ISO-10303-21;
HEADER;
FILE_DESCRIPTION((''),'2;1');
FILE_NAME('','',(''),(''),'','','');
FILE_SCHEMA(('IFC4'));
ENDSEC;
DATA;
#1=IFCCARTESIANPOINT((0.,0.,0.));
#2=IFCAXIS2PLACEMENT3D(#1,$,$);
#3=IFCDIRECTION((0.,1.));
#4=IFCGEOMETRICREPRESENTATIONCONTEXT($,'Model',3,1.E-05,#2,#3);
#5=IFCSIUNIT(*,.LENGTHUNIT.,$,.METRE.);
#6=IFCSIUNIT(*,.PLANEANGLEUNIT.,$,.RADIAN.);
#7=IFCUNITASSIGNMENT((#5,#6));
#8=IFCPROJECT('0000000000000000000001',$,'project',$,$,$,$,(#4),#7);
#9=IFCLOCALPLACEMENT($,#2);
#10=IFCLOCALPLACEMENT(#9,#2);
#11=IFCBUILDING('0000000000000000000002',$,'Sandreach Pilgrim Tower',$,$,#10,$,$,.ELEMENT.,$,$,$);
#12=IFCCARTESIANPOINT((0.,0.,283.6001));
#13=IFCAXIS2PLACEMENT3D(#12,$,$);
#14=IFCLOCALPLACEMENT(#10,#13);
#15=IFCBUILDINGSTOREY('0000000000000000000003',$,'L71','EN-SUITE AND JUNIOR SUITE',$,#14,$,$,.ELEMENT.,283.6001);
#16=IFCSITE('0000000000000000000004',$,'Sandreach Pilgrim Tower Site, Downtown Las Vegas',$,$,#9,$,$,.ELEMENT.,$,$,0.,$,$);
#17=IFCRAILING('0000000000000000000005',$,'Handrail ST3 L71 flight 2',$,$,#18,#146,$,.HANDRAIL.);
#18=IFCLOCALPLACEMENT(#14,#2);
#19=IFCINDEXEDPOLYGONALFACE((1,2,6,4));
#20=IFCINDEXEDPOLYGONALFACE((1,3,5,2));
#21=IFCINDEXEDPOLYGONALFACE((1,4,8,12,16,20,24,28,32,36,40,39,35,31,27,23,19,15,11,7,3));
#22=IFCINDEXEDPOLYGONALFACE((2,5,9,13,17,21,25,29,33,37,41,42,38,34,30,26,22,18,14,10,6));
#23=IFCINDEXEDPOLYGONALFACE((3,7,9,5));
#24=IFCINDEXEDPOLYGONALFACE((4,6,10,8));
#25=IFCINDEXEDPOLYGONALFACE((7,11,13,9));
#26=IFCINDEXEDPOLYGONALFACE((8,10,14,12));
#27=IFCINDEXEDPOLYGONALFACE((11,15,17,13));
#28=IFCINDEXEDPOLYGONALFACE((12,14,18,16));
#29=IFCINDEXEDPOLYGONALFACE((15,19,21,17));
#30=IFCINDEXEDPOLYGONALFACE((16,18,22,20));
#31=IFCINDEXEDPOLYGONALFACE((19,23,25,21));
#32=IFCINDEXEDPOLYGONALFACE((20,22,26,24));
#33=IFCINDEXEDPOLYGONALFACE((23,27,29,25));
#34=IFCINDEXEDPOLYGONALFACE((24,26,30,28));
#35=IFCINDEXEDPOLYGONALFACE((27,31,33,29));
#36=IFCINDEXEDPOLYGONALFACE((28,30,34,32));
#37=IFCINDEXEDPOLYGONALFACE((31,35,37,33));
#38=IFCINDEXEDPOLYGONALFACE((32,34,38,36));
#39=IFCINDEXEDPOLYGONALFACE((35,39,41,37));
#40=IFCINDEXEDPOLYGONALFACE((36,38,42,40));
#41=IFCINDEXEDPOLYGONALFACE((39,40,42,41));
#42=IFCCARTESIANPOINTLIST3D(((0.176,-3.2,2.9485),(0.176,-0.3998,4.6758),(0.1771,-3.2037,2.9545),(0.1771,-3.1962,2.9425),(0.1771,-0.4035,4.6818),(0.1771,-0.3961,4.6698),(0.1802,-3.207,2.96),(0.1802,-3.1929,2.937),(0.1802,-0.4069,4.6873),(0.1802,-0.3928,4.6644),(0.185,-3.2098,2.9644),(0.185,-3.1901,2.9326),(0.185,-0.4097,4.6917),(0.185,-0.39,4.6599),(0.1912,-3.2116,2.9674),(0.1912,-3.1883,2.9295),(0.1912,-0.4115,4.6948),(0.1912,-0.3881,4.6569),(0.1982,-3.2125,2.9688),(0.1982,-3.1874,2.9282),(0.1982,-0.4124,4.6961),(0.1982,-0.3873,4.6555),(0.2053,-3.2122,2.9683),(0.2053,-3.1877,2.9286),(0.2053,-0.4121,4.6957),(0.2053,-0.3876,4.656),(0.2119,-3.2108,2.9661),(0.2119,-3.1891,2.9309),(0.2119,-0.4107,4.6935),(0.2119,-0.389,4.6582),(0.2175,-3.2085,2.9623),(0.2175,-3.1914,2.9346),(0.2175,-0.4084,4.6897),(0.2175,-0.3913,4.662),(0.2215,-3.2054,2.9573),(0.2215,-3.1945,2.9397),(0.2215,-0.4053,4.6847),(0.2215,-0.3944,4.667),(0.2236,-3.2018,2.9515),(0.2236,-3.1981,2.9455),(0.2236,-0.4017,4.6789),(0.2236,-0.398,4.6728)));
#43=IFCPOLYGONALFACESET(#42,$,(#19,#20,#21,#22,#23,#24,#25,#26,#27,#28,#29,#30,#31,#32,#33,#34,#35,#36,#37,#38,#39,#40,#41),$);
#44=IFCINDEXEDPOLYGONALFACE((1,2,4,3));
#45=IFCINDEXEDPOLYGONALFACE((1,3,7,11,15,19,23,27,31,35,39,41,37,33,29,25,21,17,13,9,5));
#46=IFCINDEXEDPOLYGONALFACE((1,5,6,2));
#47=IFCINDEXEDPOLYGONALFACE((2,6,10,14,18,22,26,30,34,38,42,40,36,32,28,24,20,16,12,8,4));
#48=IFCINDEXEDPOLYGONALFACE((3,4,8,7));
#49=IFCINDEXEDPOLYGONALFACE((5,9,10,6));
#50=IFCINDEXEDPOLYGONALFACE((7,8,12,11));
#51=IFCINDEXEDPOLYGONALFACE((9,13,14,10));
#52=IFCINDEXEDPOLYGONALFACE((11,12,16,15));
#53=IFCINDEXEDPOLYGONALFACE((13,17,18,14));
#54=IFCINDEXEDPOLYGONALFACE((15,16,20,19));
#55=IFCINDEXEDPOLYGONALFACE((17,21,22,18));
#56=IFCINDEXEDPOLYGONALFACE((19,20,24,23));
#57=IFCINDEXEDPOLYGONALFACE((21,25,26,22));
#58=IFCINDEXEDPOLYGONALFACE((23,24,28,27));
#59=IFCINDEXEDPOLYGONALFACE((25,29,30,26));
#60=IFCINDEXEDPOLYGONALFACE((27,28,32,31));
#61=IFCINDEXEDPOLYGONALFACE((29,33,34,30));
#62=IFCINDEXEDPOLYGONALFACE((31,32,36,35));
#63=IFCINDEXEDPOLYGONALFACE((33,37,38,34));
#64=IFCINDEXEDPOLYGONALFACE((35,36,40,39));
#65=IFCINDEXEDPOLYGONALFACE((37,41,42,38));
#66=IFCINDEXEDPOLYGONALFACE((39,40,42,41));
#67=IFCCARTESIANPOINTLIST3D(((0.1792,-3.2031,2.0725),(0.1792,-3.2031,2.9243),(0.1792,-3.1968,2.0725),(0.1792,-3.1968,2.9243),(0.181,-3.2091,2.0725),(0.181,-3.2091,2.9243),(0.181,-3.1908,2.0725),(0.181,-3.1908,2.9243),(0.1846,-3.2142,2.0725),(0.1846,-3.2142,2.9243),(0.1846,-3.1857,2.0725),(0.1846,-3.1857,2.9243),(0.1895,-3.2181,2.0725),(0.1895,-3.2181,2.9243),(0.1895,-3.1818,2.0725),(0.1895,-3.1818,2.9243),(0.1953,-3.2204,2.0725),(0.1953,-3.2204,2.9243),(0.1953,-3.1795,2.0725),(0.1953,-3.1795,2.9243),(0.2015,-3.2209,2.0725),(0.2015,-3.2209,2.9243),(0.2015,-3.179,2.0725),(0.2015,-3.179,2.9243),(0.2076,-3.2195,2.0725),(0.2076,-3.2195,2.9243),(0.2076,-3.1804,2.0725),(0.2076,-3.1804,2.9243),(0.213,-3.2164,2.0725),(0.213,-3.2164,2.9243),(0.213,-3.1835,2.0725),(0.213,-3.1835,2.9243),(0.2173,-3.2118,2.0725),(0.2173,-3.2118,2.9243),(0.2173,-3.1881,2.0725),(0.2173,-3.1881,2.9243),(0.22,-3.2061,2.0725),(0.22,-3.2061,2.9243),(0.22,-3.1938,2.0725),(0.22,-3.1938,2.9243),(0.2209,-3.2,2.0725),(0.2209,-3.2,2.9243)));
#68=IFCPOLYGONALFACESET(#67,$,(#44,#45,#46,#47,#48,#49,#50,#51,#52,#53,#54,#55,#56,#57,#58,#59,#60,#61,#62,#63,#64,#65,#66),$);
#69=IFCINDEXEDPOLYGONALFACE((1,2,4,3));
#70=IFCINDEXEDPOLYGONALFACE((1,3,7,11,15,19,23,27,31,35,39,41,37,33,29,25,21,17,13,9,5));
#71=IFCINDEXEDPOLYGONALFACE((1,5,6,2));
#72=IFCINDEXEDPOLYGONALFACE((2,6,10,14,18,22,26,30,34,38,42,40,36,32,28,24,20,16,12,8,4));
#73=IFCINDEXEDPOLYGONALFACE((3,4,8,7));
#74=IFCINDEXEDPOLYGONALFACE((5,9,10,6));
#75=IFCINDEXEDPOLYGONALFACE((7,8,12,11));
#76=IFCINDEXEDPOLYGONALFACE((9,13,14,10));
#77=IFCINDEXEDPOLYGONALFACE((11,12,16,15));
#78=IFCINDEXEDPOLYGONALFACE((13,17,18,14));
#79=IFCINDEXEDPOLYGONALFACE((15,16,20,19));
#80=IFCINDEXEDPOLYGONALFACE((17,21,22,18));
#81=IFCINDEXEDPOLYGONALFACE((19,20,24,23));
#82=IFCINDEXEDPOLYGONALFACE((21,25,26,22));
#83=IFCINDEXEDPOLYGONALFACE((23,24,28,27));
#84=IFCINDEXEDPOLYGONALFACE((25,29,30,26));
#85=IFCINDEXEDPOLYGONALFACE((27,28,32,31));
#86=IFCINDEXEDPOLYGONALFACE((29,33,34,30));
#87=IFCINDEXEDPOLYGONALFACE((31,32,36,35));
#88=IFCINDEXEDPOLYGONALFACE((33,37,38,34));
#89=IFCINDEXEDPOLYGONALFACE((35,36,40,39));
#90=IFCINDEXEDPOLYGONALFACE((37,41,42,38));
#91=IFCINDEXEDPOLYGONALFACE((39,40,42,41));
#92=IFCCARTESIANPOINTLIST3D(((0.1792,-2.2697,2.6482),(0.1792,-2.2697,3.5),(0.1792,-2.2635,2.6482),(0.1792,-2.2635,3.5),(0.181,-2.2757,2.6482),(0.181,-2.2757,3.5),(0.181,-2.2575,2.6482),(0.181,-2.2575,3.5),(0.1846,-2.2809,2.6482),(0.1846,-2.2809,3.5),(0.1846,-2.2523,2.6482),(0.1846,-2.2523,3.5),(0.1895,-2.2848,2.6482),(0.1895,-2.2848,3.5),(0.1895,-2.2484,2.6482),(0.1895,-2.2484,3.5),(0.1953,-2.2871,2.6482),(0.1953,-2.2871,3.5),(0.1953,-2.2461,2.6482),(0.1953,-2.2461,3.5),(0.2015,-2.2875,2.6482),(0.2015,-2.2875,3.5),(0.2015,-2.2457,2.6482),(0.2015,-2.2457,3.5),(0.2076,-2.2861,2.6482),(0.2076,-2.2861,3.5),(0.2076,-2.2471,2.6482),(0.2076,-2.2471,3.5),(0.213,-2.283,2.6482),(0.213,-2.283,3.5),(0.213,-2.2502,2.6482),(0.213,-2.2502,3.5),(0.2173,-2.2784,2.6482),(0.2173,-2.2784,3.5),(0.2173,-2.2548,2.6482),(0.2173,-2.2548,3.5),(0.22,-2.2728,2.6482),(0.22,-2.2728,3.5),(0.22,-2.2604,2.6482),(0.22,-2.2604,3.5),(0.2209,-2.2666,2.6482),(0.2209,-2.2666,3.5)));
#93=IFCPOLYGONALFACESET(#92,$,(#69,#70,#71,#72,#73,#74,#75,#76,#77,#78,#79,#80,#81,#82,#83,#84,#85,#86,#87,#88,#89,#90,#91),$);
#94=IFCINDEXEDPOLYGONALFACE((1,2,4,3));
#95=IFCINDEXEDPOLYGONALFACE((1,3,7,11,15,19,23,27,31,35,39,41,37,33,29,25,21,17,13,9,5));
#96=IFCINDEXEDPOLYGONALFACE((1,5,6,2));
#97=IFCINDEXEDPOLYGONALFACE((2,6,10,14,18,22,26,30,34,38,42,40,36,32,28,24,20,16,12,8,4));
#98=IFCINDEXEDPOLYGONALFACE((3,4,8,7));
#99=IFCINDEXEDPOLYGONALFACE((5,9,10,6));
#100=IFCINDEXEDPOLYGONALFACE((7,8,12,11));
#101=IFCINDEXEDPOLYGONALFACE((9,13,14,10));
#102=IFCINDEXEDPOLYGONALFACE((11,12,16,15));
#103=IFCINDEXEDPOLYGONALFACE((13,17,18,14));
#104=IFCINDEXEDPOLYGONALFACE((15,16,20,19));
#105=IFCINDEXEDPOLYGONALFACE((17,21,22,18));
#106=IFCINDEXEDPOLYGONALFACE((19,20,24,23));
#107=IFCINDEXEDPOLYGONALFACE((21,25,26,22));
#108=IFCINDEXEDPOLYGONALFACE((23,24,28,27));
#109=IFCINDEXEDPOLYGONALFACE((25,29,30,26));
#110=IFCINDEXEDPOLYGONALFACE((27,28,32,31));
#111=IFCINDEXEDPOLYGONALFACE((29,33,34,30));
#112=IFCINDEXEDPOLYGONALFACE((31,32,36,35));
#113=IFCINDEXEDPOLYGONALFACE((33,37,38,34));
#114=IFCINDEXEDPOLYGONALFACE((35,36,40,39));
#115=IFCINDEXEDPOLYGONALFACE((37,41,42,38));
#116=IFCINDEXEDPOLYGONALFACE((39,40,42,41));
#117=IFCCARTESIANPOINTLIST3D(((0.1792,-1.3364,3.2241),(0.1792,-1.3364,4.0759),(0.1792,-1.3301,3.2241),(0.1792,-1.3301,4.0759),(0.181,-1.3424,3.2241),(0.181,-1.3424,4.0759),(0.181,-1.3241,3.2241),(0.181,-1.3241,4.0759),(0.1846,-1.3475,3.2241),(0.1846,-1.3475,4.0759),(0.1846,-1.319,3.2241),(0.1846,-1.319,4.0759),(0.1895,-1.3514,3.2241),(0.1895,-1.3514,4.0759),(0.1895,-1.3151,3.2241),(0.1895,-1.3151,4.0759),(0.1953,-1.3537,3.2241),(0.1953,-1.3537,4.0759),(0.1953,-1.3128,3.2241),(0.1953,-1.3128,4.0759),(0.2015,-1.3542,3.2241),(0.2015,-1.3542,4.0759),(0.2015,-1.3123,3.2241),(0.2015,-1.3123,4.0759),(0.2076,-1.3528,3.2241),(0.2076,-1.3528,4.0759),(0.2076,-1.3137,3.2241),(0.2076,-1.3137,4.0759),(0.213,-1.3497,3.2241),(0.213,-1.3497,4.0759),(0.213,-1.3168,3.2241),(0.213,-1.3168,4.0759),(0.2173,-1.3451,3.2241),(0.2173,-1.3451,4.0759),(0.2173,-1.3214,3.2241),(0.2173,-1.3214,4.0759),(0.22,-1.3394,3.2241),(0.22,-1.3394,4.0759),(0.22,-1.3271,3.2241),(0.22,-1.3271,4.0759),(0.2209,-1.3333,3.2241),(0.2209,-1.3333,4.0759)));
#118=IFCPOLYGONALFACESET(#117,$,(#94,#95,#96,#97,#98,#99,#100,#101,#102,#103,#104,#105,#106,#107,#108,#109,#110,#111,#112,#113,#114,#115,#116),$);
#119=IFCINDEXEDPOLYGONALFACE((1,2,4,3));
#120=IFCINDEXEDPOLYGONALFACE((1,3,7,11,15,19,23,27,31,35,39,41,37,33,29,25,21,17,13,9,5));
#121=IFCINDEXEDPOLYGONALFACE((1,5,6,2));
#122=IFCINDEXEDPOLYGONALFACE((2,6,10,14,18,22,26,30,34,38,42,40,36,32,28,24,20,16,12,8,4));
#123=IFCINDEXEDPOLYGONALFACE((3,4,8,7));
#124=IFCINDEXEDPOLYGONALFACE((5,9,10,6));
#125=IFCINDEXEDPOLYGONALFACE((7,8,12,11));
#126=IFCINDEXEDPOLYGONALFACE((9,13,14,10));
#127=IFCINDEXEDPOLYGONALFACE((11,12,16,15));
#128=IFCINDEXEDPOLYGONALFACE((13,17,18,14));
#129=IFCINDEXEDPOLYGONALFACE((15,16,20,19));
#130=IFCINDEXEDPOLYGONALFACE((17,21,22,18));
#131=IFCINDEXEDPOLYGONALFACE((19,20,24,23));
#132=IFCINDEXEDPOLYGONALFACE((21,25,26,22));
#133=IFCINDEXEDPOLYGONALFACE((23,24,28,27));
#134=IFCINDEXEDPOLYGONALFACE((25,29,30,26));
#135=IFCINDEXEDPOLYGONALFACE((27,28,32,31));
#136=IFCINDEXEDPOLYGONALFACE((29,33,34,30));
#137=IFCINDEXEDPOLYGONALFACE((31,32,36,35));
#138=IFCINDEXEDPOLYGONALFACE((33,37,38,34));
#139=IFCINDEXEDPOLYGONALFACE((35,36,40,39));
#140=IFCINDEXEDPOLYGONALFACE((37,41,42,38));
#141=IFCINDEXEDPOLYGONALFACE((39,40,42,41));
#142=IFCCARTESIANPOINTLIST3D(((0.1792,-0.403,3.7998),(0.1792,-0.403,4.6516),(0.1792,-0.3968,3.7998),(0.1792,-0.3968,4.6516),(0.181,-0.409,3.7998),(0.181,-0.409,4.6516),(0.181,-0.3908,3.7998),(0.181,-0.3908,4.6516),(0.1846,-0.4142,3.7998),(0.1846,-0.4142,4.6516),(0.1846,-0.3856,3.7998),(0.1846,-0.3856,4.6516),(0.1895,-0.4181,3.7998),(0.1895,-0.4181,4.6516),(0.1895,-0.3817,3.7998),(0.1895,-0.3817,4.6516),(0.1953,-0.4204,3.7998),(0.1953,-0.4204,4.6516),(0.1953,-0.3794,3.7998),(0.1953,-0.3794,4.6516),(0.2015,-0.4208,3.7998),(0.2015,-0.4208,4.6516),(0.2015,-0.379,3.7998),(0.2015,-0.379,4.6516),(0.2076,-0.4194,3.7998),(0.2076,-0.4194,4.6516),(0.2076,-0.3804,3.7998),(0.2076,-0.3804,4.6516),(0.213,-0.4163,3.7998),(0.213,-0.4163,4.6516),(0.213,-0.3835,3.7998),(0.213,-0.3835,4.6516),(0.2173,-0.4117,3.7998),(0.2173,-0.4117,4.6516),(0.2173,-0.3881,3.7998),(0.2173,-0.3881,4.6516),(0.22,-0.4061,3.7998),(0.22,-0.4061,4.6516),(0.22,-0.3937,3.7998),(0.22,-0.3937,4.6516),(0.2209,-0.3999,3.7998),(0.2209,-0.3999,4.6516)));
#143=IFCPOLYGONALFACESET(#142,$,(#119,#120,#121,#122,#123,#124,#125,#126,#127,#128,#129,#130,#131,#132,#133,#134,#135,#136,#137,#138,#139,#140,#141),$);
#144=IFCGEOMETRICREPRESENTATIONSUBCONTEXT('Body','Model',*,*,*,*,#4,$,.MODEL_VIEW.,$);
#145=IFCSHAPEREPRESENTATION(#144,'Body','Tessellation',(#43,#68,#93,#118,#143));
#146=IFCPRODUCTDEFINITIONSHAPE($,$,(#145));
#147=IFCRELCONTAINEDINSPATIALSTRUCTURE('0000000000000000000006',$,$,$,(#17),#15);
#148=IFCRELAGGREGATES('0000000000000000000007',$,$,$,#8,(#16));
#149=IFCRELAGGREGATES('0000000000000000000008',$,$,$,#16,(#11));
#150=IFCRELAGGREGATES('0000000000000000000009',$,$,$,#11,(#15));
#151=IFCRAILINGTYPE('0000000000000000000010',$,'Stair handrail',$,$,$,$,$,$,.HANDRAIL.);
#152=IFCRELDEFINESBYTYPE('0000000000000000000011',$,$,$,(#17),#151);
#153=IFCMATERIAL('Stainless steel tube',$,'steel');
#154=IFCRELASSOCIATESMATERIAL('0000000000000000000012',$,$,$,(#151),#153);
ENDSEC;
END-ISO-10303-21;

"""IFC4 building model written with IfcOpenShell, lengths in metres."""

from ifc_helpers import new_model, si_unit, direction, frame, origin, origin_2d, place, context, subcontext, project, spatial, circle, extrude, material, type_object, element, save


model = new_model("IFC4")

# Units and contexts
model_context = context("Model", 3, precision=1e-05, world=origin(), true_north=direction((0.0, 1.0)))
body_context = subcontext(model_context, "Body", "Model", "MODEL_VIEW")
ifc_project = project(units=[si_unit("LENGTHUNIT", "METRE"), si_unit("PLANEANGLEUNIT", "RADIAN")], contexts=[model_context])

# Site, building, storey
site_placement = place(None, origin())
site = spatial("IfcSite", under=ifc_project, at=site_placement, Name="Sandreach Pilgrim Tower Site, Downtown Las Vegas", CompositionType="ELEMENT", RefElevation=0.0)
building_placement = place(site_placement, origin())
building = spatial("IfcBuilding", under=site, at=building_placement, Name="Sandreach Pilgrim Tower", CompositionType="ELEMENT")
storey_placement = place(building_placement, frame((0.0, 0.0, 283.6001)))
storey = spatial("IfcBuildingStorey", under=building, at=storey_placement, Name="L71", Description="EN-SUITE AND JUNIOR SUITE", CompositionType="ELEMENT", Elevation=283.6001)

# Railing
ifc_material_1 = material(Name="Stainless steel tube", Category="steel")
railing_type = type_object("IfcRailingType", Name="Stair handrail", PredefinedType="HANDRAIL", material=ifc_material_1)
for number, where, name in (
    (1, (0.2, -3.2, 2.0725), "Handrail ST3 L71 flight 2"),
):
    element("IfcRailing", number, at=place(storey_placement, frame(where)), inside=storey, type_object=railing_type, Name=name, PredefinedType="HANDRAIL", context=body_context, shape_type="SweptSolid", body=[
        extrude(circle(Radius=0.0239, at=origin_2d()), frame((0.0, 0.0, 0.876), z_axis=(0.0, 0.85109, 0.52502), x_axis=(-1.0, 0.0, 0.0)), (0.0, 0.0, 1.0), 3.29),
        extrude(circle(Radius=0.021, at=origin_2d()), origin(), (0.0, 0.0, 1.0), 0.8518),
        extrude(circle(Radius=0.021, at=origin_2d()), frame((0.0, 0.9333, 0.5757)), (0.0, 0.0, 1.0), 0.8518),
        extrude(circle(Radius=0.021, at=origin_2d()), frame((0.0, 1.8667, 1.1516)), (0.0, 0.0, 1.0), 0.8518),
        extrude(circle(Radius=0.021, at=origin_2d()), frame((0.0, 2.8, 1.7273)), (0.0, 0.0, 1.0), 0.8518),
    ])

save(model, "model.ifc")
